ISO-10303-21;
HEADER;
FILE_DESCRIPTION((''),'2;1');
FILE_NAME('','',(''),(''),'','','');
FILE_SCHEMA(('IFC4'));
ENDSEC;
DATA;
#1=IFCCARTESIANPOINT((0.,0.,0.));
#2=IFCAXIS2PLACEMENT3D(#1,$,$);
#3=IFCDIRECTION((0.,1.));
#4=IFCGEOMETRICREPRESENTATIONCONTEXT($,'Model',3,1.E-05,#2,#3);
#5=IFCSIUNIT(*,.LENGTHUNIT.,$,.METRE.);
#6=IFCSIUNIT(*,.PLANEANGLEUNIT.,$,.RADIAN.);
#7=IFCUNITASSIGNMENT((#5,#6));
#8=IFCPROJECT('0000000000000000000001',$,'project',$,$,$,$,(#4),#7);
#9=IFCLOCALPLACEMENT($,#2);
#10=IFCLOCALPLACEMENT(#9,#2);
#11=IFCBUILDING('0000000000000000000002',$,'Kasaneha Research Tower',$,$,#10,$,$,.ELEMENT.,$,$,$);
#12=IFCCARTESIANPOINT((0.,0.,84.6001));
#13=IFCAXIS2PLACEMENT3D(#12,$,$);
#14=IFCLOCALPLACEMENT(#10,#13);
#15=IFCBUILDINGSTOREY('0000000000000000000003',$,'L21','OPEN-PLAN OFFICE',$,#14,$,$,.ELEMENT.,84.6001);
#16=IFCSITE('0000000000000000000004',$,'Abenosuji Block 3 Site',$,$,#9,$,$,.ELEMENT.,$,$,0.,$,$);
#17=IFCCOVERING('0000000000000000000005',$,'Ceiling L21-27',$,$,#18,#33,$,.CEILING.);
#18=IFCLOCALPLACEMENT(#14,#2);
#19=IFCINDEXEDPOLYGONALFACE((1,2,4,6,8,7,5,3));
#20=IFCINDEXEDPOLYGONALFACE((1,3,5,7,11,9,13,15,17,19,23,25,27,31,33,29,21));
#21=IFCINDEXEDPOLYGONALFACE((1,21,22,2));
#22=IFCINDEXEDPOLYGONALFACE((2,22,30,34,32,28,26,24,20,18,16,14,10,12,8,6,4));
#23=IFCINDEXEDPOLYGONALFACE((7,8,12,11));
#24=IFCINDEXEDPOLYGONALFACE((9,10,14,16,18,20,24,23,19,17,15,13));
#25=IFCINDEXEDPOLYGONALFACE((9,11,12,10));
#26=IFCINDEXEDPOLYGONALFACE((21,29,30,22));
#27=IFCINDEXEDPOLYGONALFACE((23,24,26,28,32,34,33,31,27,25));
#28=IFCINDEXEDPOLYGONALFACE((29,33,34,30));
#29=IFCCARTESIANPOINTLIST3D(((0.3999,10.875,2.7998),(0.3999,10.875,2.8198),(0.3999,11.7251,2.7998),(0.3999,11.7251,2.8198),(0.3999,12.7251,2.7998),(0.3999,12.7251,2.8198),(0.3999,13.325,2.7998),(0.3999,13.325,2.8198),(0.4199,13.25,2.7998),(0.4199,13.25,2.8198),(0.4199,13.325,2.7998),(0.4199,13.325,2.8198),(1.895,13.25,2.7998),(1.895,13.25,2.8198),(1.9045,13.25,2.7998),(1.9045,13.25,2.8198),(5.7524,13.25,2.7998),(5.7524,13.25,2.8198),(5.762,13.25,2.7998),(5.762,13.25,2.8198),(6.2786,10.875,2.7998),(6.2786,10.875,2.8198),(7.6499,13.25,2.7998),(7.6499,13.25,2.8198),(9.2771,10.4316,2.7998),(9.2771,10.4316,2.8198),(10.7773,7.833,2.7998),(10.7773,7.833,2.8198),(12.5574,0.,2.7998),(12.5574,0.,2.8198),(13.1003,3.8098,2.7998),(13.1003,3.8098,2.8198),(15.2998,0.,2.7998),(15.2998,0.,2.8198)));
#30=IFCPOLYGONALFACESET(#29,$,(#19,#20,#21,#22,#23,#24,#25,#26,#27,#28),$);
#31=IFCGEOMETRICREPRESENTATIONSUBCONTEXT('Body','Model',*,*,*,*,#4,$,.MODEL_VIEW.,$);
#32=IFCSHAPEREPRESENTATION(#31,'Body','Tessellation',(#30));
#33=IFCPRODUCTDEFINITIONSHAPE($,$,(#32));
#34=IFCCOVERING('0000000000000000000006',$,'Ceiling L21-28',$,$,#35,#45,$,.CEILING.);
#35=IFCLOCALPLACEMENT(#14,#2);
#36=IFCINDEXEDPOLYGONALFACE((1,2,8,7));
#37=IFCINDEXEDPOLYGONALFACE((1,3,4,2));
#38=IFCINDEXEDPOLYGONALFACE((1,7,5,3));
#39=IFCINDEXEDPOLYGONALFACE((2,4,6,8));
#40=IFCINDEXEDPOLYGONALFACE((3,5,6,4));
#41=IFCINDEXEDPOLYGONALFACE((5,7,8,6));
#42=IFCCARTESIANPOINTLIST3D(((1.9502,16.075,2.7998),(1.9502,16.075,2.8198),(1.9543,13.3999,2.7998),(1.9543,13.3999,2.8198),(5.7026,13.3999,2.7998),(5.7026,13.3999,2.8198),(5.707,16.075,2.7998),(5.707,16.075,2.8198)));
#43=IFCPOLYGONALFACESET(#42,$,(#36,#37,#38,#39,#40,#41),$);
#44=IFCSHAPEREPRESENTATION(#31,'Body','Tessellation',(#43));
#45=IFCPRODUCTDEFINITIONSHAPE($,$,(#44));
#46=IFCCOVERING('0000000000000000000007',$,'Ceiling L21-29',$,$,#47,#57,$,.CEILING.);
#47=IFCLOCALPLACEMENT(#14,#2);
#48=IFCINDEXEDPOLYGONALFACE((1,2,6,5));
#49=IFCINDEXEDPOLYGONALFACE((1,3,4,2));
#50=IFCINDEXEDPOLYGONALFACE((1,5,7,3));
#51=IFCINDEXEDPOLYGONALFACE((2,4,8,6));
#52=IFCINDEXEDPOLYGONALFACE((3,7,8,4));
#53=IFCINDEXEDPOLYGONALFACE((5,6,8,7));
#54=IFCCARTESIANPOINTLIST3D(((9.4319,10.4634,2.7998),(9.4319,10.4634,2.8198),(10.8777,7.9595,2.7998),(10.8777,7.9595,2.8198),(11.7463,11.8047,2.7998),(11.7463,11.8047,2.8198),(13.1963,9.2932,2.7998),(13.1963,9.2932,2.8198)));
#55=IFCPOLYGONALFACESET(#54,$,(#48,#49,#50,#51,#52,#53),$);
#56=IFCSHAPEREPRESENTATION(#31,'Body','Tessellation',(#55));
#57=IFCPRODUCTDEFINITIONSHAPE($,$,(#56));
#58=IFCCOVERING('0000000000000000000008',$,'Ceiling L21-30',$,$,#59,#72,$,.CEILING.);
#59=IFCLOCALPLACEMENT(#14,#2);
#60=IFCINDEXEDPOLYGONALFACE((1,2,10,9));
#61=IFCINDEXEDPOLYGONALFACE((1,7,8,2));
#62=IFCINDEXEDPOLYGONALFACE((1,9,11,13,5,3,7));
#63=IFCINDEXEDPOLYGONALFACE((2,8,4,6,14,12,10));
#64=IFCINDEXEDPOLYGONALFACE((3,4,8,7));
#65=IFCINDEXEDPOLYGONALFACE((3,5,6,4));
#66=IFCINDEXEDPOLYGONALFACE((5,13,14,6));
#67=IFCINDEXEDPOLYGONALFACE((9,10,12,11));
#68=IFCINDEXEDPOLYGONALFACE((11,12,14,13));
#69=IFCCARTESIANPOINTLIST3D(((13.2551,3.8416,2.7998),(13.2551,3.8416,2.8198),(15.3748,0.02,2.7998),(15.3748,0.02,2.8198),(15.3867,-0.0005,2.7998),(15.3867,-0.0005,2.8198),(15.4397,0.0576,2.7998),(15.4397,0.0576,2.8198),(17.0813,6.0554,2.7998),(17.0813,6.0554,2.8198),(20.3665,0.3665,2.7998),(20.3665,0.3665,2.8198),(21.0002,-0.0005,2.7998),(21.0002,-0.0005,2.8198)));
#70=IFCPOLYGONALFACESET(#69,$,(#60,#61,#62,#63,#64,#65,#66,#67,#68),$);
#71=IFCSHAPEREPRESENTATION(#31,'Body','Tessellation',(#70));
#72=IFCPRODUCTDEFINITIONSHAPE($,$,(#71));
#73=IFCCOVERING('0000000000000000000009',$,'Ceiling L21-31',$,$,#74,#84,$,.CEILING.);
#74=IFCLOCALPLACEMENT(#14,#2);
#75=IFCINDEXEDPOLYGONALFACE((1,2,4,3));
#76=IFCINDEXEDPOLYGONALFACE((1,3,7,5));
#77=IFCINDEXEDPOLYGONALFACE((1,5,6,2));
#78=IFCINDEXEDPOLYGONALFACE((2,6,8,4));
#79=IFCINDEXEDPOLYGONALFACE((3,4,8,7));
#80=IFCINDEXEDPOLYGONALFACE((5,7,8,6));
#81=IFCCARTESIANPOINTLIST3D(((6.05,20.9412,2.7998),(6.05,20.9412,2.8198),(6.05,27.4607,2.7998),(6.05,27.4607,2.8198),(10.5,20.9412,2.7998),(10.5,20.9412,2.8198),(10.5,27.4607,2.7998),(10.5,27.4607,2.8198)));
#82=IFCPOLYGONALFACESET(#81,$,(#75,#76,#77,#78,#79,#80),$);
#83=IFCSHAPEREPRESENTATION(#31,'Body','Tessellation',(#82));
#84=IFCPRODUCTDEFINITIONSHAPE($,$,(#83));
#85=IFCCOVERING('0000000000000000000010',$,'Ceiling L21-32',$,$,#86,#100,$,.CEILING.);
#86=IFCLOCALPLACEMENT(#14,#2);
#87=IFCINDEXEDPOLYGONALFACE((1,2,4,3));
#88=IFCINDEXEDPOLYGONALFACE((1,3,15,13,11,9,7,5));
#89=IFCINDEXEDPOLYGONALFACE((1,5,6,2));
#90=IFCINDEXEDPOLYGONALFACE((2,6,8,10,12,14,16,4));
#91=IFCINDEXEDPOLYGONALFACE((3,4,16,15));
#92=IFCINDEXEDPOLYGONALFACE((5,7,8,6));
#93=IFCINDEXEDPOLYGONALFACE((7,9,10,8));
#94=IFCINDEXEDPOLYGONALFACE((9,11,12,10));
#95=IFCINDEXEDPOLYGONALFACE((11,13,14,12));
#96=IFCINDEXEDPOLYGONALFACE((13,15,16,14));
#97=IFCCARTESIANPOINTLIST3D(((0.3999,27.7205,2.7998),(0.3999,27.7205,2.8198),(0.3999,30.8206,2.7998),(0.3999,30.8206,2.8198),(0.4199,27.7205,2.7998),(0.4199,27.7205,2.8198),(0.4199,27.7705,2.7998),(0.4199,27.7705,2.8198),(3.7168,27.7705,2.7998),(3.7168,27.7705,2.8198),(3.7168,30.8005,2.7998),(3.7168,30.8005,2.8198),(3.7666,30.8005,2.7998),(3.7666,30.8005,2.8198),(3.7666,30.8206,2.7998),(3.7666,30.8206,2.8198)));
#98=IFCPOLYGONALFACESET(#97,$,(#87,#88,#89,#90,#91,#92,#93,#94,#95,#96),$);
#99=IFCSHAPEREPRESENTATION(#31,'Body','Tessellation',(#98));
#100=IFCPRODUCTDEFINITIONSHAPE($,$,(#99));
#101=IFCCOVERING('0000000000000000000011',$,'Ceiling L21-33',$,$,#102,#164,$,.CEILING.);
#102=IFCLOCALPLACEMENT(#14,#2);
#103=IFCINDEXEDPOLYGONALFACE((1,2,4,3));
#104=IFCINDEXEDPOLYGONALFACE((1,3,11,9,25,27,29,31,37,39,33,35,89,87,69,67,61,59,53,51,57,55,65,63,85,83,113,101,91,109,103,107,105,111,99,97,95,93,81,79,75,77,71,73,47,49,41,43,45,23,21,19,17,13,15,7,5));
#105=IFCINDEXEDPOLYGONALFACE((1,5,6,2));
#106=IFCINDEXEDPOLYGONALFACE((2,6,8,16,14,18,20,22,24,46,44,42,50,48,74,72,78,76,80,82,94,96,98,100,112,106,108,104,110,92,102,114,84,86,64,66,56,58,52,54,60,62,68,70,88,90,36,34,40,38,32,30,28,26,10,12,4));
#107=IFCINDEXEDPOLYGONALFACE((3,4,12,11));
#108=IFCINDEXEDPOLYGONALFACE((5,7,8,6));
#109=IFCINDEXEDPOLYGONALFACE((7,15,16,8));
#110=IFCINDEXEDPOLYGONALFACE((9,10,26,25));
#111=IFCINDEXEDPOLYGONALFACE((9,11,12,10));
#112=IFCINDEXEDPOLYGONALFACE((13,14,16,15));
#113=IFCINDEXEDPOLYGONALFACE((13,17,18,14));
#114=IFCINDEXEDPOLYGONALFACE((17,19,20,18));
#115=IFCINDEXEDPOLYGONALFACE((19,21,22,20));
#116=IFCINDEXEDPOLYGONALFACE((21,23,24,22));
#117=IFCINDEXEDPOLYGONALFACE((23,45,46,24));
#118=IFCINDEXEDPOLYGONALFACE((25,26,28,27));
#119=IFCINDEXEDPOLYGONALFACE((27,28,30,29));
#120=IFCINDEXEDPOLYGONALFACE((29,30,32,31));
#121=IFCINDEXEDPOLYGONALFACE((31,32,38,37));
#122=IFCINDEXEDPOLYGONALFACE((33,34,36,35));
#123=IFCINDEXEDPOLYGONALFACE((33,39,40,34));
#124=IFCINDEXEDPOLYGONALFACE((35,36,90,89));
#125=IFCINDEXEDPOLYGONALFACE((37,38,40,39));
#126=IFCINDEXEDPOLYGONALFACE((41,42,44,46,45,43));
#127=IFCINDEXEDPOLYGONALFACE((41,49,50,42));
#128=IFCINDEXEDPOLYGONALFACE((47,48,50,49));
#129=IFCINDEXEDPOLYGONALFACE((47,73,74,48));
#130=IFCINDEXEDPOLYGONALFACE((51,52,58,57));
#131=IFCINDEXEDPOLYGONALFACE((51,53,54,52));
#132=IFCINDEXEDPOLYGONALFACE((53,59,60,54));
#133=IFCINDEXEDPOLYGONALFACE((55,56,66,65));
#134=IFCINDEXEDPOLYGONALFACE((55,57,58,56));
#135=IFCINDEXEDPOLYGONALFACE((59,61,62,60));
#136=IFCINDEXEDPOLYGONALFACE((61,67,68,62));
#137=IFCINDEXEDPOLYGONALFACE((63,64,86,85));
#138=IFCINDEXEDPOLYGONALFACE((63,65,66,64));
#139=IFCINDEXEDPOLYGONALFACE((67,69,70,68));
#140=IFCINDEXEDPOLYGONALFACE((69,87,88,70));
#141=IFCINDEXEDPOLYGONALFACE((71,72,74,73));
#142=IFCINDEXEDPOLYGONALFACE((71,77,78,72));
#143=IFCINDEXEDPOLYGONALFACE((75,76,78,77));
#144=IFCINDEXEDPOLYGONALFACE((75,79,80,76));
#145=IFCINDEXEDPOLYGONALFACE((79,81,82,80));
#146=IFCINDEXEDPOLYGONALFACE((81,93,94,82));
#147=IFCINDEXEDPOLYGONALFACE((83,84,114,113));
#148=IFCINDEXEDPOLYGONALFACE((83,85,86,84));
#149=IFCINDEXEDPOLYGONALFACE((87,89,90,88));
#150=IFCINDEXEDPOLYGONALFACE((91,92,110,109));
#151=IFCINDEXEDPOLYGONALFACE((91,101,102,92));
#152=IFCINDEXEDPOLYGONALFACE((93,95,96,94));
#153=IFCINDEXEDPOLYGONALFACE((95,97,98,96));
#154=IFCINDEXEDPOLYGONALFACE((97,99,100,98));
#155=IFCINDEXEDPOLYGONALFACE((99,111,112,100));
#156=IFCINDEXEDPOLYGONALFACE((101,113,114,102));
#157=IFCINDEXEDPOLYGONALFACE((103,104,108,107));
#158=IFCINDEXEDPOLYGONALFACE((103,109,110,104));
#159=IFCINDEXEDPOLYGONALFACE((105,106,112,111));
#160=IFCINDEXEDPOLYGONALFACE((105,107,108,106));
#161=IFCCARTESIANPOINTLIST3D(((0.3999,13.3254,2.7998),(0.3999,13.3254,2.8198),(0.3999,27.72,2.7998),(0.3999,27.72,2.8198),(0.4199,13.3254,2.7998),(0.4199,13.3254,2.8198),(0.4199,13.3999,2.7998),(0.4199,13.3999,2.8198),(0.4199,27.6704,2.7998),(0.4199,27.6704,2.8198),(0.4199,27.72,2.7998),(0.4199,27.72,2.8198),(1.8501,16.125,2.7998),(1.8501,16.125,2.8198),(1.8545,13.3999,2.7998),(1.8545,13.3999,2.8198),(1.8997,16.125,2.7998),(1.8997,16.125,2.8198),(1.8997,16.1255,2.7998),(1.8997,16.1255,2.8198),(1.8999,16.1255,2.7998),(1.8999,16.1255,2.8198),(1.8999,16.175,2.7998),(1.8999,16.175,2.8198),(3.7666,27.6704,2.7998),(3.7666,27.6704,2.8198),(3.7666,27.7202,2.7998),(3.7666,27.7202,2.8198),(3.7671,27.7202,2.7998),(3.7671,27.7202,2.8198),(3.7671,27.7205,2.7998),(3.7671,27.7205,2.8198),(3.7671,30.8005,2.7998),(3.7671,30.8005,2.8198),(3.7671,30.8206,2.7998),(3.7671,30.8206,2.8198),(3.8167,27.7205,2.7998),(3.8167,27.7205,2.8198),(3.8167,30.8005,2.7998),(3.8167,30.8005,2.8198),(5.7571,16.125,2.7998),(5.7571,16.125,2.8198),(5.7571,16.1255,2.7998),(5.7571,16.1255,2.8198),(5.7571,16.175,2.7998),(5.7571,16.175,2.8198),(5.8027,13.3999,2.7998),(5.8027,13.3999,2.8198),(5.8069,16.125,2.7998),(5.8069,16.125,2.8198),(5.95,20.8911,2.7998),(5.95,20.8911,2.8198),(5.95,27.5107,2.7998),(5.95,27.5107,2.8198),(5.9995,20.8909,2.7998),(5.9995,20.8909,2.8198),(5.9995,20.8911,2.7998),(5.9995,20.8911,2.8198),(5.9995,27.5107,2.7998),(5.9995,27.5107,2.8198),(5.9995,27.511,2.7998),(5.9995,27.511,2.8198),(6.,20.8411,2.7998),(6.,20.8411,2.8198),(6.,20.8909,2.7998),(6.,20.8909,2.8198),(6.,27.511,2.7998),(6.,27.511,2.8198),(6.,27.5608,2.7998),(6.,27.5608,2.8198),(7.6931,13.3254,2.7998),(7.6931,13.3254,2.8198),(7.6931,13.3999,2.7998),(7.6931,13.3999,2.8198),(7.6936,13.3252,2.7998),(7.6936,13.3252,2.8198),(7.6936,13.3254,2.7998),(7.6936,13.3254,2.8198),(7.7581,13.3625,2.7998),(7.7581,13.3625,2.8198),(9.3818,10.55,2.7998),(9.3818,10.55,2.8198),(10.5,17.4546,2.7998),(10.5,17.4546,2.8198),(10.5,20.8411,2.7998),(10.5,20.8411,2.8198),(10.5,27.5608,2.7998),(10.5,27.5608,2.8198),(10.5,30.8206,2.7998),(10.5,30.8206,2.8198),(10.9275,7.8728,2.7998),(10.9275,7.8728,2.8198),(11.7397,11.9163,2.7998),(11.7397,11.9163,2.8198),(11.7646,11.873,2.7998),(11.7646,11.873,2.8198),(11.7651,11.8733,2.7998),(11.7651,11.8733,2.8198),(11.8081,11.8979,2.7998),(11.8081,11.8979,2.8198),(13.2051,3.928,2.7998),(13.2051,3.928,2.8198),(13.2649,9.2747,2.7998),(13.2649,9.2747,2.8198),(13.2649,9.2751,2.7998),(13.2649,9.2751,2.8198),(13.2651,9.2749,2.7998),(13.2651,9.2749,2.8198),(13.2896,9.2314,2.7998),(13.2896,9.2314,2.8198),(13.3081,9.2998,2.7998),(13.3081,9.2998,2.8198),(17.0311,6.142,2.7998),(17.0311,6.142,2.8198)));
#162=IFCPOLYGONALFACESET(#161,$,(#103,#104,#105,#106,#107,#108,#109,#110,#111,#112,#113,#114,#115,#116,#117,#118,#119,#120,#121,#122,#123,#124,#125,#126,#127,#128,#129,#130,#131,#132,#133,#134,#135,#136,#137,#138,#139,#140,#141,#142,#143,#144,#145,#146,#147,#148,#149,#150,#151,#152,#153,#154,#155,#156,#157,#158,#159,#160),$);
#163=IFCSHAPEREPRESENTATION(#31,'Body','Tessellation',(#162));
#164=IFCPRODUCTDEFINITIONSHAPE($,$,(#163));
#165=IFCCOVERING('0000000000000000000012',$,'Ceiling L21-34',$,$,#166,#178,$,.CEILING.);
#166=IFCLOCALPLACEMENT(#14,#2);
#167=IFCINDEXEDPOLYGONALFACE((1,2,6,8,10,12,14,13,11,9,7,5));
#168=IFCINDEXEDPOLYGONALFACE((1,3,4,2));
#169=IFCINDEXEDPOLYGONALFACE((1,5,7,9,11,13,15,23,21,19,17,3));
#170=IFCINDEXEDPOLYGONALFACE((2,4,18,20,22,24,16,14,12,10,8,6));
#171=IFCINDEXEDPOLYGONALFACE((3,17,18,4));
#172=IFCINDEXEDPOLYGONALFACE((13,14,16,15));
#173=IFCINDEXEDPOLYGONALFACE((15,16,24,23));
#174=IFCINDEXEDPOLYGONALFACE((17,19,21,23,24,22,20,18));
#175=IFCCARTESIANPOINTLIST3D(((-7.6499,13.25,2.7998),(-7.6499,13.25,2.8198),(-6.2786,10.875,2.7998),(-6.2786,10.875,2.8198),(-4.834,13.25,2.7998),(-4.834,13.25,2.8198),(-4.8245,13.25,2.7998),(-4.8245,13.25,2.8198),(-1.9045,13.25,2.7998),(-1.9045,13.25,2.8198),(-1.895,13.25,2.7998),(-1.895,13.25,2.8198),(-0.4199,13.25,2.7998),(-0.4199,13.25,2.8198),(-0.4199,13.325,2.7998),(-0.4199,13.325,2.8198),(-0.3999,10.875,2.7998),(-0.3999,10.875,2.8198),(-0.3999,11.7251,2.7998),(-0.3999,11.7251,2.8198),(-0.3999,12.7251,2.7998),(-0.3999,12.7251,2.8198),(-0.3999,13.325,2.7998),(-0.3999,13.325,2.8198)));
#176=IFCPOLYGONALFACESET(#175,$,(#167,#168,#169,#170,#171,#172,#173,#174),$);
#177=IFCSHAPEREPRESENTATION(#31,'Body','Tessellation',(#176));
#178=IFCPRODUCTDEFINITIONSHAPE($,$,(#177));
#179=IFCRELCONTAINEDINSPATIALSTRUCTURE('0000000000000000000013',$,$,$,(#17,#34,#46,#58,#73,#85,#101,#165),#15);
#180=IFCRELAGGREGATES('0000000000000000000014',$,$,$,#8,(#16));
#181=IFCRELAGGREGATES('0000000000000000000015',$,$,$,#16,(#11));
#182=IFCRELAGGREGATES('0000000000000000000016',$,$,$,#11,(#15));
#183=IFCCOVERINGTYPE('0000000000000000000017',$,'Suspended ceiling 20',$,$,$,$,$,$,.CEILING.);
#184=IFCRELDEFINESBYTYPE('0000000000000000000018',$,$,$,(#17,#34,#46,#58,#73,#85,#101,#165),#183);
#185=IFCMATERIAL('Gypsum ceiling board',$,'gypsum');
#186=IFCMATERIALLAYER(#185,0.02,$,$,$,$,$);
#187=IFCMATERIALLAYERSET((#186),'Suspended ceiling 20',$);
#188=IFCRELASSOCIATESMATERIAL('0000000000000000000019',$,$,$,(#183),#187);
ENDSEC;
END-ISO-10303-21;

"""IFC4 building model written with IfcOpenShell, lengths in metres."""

from ifc_helpers import new_model, si_unit, direction, frame, origin, place, context, subcontext, project, spatial, polyline, outline, extrude, material, layer, layer_set, type_object, element, save


model = new_model("IFC4")

# Units and contexts
model_context = context("Model", 3, precision=1e-05, world=origin(), true_north=direction((0.0, 1.0)))
body_context = subcontext(model_context, "Body", "Model", "MODEL_VIEW")
ifc_project = project(units=[si_unit("LENGTHUNIT", "METRE"), si_unit("PLANEANGLEUNIT", "RADIAN")], contexts=[model_context])

# Site, building, storey
site_placement = place(None, origin())
site = spatial("IfcSite", under=ifc_project, at=site_placement, Name="Abenosuji Block 3 Site", CompositionType="ELEMENT", RefElevation=0.0)
building_placement = place(site_placement, origin())
building = spatial("IfcBuilding", under=site, at=building_placement, Name="Kasaneha Research Tower", CompositionType="ELEMENT")
storey_placement = place(building_placement, frame((0.0, 0.0, 84.6001)))
storey = spatial("IfcBuildingStorey", under=building, at=storey_placement, Name="L21", Description="OPEN-PLAN OFFICE", CompositionType="ELEMENT", Elevation=84.6001)

# Coverings
ifc_material_1 = material(Name="Gypsum ceiling board", Category="gypsum")
ifc_layer_1 = layer(ifc_material_1, 0.02)
ifc_layer_set_1 = layer_set([ifc_layer_1], Name="Suspended ceiling 20")
covering_type_1 = type_object("IfcCoveringType", Name="Suspended ceiling 20", PredefinedType="CEILING", material=ifc_layer_set_1)
covering_1_placement = place(storey_placement, frame((0.0, 0.0, 2.7998)))
element("IfcCovering", 1, at=covering_1_placement, inside=storey, type_object=covering_type_1, Name="Ceiling L21-27", PredefinedType="CEILING", context=body_context, shape_type="SweptSolid", body=[
    extrude(outline(polyline([(6.2786, 10.875), (0.3999, 10.875), (0.3999, 11.7251), (0.3999, 12.7251), (0.3999, 13.325), (0.4199, 13.325), (0.4199, 13.25), (1.895, 13.25), (1.9045, 13.25), (5.7524, 13.25), (5.762, 13.25), (7.6499, 13.25), (9.2771, 10.4316), (9.2771, 10.4316), (10.7773, 7.833), (10.7773, 7.833), (13.1003, 3.8098), (13.1003, 3.8098), (15.2998, 0.0), (15.2998, 0.0), (12.5574, 0.0), (6.2786, 10.875)])), origin(), (0.0, 0.0, 1.0), 0.02),
])
covering_2_placement = place(storey_placement, frame((0.0, 0.0, 2.7998)))
element("IfcCovering", 2, at=covering_2_placement, inside=storey, type_object=covering_type_1, Name="Ceiling L21-28", PredefinedType="CEILING", context=body_context, shape_type="SweptSolid", body=[
    extrude(outline(polyline([(1.9543, 13.3999), (1.9502, 16.075), (5.707, 16.075), (5.7026, 13.3999), (1.9543, 13.3999)])), origin(), (0.0, 0.0, 1.0), 0.02),
])
covering_3_placement = place(storey_placement, frame((0.0, 0.0, 2.7998)))
element("IfcCovering", 3, at=covering_3_placement, inside=storey, type_object=covering_type_1, Name="Ceiling L21-29", PredefinedType="CEILING", context=body_context, shape_type="SweptSolid", body=[
    extrude(outline(polyline([(11.7463, 11.8047), (13.1963, 9.2932), (10.8777, 7.9595), (9.4319, 10.4634), (11.7463, 11.8047)])), origin(), (0.0, 0.0, 1.0), 0.02),
])
covering_4_placement = place(storey_placement, frame((0.0, 0.0, 2.7998)))
element("IfcCovering", 4, at=covering_4_placement, inside=storey, type_object=covering_type_1, Name="Ceiling L21-30", PredefinedType="CEILING", context=body_context, shape_type="SweptSolid", body=[
    extrude(outline(polyline([(21.0002, -0.0005), (15.3867, -0.0005), (15.3748, 0.02), (15.4397, 0.0576), (13.2551, 3.8416), (17.0813, 6.0554), (20.3665, 0.3665), (21.0002, -0.0005)])), origin(), (0.0, 0.0, 1.0), 0.02),
])
covering_5_placement = place(storey_placement, frame((0.0, 0.0, 2.7998)))
element("IfcCovering", 5, at=covering_5_placement, inside=storey, type_object=covering_type_1, Name="Ceiling L21-31", PredefinedType="CEILING", context=body_context, shape_type="SweptSolid", body=[
    extrude(outline(polyline([(10.5, 20.9412), (6.05, 20.9412), (6.05, 27.4607), (10.5, 27.4607), (10.5, 20.9412)])), origin(), (0.0, 0.0, 1.0), 0.02),
])
covering_6_placement = place(storey_placement, frame((0.0, 0.0, 2.7998)))
element("IfcCovering", 6, at=covering_6_placement, inside=storey, type_object=covering_type_1, Name="Ceiling L21-32", PredefinedType="CEILING", context=body_context, shape_type="SweptSolid", body=[
    extrude(outline(polyline([(3.7666, 30.8206), (3.7666, 30.8005), (3.7168, 30.8005), (3.7168, 27.7705), (0.4199, 27.7705), (0.4199, 27.7205), (0.3999, 27.7205), (0.3999, 30.8206), (3.7666, 30.8206)])), origin(), (0.0, 0.0, 1.0), 0.02),
])
covering_7_placement = place(storey_placement, frame((0.0, 0.0, 2.7998)))
element("IfcCovering", 7, at=covering_7_placement, inside=storey, type_object=covering_type_1, Name="Ceiling L21-33", PredefinedType="CEILING", context=body_context, shape_type="SweptSolid", body=[
    extrude(outline(polyline([(13.2651, 9.2749), (13.2649, 9.2751), (13.3081, 9.2998), (11.8081, 11.8979), (11.7651, 11.8733), (11.7651, 11.8733), (11.7646, 11.873), (11.7397, 11.9163), (9.3818, 10.55), (7.7581, 13.3625), (7.6936, 13.3252), (7.6936, 13.3254), (7.6931, 13.3254), (7.6931, 13.3999), (5.8027, 13.3999), (5.8069, 16.125), (5.7571, 16.125), (5.7571, 16.1255), (5.7571, 16.1255), (5.7571, 16.175), (1.8999, 16.175), (1.8999, 16.1255), (1.8997, 16.1255), (1.8997, 16.125), (1.8501, 16.125), (1.8545, 13.3999), (0.4199, 13.3999), (0.4199, 13.3254), (0.3999, 13.3254), (0.3999, 27.72), (0.4199, 27.72), (0.4199, 27.6704), (3.7666, 27.6704), (3.7666, 27.7202), (3.7671, 27.7202), (3.7671, 27.7205), (3.8167, 27.7205), (3.8167, 30.8005), (3.7671, 30.8005), (3.7671, 30.8206), (10.5, 30.8206), (10.5, 27.5608), (6.0, 27.5608), (6.0, 27.511), (5.9995, 27.511), (5.9995, 27.5107), (5.95, 27.5107), (5.95, 20.8911), (5.9995, 20.8911), (5.9995, 20.8909), (6.0, 20.8909), (6.0, 20.8411), (10.5, 20.8411), (10.5, 17.4546), (17.0559, 6.0991), (17.0559, 6.0991), (17.0312, 6.1421), (13.2051, 3.928), (10.9275, 7.8728), (13.2896, 9.2314), (13.2649, 9.2747), (13.2651, 9.2749)])), origin(), (0.0, 0.0, 1.0), 0.02),
])
covering_8_placement = place(storey_placement, frame((0.0, 0.0, 2.7998)))
element("IfcCovering", 8, at=covering_8_placement, inside=storey, type_object=covering_type_1, Name="Ceiling L21-34", PredefinedType="CEILING", context=body_context, shape_type="SweptSolid", body=[
    extrude(outline(polyline([(-0.3999, 11.7251), (-0.3999, 10.875), (-6.2786, 10.875), (-7.6499, 13.25), (-7.6499, 13.25), (-4.834, 13.25), (-4.8245, 13.25), (-1.9045, 13.25), (-1.895, 13.25), (-0.4199, 13.25), (-0.4199, 13.325), (-0.3999, 13.325), (-0.3999, 12.7251), (-0.3999, 11.7251)])), origin(), (0.0, 0.0, 1.0), 0.02),
])

save(model, "model.ifc")
